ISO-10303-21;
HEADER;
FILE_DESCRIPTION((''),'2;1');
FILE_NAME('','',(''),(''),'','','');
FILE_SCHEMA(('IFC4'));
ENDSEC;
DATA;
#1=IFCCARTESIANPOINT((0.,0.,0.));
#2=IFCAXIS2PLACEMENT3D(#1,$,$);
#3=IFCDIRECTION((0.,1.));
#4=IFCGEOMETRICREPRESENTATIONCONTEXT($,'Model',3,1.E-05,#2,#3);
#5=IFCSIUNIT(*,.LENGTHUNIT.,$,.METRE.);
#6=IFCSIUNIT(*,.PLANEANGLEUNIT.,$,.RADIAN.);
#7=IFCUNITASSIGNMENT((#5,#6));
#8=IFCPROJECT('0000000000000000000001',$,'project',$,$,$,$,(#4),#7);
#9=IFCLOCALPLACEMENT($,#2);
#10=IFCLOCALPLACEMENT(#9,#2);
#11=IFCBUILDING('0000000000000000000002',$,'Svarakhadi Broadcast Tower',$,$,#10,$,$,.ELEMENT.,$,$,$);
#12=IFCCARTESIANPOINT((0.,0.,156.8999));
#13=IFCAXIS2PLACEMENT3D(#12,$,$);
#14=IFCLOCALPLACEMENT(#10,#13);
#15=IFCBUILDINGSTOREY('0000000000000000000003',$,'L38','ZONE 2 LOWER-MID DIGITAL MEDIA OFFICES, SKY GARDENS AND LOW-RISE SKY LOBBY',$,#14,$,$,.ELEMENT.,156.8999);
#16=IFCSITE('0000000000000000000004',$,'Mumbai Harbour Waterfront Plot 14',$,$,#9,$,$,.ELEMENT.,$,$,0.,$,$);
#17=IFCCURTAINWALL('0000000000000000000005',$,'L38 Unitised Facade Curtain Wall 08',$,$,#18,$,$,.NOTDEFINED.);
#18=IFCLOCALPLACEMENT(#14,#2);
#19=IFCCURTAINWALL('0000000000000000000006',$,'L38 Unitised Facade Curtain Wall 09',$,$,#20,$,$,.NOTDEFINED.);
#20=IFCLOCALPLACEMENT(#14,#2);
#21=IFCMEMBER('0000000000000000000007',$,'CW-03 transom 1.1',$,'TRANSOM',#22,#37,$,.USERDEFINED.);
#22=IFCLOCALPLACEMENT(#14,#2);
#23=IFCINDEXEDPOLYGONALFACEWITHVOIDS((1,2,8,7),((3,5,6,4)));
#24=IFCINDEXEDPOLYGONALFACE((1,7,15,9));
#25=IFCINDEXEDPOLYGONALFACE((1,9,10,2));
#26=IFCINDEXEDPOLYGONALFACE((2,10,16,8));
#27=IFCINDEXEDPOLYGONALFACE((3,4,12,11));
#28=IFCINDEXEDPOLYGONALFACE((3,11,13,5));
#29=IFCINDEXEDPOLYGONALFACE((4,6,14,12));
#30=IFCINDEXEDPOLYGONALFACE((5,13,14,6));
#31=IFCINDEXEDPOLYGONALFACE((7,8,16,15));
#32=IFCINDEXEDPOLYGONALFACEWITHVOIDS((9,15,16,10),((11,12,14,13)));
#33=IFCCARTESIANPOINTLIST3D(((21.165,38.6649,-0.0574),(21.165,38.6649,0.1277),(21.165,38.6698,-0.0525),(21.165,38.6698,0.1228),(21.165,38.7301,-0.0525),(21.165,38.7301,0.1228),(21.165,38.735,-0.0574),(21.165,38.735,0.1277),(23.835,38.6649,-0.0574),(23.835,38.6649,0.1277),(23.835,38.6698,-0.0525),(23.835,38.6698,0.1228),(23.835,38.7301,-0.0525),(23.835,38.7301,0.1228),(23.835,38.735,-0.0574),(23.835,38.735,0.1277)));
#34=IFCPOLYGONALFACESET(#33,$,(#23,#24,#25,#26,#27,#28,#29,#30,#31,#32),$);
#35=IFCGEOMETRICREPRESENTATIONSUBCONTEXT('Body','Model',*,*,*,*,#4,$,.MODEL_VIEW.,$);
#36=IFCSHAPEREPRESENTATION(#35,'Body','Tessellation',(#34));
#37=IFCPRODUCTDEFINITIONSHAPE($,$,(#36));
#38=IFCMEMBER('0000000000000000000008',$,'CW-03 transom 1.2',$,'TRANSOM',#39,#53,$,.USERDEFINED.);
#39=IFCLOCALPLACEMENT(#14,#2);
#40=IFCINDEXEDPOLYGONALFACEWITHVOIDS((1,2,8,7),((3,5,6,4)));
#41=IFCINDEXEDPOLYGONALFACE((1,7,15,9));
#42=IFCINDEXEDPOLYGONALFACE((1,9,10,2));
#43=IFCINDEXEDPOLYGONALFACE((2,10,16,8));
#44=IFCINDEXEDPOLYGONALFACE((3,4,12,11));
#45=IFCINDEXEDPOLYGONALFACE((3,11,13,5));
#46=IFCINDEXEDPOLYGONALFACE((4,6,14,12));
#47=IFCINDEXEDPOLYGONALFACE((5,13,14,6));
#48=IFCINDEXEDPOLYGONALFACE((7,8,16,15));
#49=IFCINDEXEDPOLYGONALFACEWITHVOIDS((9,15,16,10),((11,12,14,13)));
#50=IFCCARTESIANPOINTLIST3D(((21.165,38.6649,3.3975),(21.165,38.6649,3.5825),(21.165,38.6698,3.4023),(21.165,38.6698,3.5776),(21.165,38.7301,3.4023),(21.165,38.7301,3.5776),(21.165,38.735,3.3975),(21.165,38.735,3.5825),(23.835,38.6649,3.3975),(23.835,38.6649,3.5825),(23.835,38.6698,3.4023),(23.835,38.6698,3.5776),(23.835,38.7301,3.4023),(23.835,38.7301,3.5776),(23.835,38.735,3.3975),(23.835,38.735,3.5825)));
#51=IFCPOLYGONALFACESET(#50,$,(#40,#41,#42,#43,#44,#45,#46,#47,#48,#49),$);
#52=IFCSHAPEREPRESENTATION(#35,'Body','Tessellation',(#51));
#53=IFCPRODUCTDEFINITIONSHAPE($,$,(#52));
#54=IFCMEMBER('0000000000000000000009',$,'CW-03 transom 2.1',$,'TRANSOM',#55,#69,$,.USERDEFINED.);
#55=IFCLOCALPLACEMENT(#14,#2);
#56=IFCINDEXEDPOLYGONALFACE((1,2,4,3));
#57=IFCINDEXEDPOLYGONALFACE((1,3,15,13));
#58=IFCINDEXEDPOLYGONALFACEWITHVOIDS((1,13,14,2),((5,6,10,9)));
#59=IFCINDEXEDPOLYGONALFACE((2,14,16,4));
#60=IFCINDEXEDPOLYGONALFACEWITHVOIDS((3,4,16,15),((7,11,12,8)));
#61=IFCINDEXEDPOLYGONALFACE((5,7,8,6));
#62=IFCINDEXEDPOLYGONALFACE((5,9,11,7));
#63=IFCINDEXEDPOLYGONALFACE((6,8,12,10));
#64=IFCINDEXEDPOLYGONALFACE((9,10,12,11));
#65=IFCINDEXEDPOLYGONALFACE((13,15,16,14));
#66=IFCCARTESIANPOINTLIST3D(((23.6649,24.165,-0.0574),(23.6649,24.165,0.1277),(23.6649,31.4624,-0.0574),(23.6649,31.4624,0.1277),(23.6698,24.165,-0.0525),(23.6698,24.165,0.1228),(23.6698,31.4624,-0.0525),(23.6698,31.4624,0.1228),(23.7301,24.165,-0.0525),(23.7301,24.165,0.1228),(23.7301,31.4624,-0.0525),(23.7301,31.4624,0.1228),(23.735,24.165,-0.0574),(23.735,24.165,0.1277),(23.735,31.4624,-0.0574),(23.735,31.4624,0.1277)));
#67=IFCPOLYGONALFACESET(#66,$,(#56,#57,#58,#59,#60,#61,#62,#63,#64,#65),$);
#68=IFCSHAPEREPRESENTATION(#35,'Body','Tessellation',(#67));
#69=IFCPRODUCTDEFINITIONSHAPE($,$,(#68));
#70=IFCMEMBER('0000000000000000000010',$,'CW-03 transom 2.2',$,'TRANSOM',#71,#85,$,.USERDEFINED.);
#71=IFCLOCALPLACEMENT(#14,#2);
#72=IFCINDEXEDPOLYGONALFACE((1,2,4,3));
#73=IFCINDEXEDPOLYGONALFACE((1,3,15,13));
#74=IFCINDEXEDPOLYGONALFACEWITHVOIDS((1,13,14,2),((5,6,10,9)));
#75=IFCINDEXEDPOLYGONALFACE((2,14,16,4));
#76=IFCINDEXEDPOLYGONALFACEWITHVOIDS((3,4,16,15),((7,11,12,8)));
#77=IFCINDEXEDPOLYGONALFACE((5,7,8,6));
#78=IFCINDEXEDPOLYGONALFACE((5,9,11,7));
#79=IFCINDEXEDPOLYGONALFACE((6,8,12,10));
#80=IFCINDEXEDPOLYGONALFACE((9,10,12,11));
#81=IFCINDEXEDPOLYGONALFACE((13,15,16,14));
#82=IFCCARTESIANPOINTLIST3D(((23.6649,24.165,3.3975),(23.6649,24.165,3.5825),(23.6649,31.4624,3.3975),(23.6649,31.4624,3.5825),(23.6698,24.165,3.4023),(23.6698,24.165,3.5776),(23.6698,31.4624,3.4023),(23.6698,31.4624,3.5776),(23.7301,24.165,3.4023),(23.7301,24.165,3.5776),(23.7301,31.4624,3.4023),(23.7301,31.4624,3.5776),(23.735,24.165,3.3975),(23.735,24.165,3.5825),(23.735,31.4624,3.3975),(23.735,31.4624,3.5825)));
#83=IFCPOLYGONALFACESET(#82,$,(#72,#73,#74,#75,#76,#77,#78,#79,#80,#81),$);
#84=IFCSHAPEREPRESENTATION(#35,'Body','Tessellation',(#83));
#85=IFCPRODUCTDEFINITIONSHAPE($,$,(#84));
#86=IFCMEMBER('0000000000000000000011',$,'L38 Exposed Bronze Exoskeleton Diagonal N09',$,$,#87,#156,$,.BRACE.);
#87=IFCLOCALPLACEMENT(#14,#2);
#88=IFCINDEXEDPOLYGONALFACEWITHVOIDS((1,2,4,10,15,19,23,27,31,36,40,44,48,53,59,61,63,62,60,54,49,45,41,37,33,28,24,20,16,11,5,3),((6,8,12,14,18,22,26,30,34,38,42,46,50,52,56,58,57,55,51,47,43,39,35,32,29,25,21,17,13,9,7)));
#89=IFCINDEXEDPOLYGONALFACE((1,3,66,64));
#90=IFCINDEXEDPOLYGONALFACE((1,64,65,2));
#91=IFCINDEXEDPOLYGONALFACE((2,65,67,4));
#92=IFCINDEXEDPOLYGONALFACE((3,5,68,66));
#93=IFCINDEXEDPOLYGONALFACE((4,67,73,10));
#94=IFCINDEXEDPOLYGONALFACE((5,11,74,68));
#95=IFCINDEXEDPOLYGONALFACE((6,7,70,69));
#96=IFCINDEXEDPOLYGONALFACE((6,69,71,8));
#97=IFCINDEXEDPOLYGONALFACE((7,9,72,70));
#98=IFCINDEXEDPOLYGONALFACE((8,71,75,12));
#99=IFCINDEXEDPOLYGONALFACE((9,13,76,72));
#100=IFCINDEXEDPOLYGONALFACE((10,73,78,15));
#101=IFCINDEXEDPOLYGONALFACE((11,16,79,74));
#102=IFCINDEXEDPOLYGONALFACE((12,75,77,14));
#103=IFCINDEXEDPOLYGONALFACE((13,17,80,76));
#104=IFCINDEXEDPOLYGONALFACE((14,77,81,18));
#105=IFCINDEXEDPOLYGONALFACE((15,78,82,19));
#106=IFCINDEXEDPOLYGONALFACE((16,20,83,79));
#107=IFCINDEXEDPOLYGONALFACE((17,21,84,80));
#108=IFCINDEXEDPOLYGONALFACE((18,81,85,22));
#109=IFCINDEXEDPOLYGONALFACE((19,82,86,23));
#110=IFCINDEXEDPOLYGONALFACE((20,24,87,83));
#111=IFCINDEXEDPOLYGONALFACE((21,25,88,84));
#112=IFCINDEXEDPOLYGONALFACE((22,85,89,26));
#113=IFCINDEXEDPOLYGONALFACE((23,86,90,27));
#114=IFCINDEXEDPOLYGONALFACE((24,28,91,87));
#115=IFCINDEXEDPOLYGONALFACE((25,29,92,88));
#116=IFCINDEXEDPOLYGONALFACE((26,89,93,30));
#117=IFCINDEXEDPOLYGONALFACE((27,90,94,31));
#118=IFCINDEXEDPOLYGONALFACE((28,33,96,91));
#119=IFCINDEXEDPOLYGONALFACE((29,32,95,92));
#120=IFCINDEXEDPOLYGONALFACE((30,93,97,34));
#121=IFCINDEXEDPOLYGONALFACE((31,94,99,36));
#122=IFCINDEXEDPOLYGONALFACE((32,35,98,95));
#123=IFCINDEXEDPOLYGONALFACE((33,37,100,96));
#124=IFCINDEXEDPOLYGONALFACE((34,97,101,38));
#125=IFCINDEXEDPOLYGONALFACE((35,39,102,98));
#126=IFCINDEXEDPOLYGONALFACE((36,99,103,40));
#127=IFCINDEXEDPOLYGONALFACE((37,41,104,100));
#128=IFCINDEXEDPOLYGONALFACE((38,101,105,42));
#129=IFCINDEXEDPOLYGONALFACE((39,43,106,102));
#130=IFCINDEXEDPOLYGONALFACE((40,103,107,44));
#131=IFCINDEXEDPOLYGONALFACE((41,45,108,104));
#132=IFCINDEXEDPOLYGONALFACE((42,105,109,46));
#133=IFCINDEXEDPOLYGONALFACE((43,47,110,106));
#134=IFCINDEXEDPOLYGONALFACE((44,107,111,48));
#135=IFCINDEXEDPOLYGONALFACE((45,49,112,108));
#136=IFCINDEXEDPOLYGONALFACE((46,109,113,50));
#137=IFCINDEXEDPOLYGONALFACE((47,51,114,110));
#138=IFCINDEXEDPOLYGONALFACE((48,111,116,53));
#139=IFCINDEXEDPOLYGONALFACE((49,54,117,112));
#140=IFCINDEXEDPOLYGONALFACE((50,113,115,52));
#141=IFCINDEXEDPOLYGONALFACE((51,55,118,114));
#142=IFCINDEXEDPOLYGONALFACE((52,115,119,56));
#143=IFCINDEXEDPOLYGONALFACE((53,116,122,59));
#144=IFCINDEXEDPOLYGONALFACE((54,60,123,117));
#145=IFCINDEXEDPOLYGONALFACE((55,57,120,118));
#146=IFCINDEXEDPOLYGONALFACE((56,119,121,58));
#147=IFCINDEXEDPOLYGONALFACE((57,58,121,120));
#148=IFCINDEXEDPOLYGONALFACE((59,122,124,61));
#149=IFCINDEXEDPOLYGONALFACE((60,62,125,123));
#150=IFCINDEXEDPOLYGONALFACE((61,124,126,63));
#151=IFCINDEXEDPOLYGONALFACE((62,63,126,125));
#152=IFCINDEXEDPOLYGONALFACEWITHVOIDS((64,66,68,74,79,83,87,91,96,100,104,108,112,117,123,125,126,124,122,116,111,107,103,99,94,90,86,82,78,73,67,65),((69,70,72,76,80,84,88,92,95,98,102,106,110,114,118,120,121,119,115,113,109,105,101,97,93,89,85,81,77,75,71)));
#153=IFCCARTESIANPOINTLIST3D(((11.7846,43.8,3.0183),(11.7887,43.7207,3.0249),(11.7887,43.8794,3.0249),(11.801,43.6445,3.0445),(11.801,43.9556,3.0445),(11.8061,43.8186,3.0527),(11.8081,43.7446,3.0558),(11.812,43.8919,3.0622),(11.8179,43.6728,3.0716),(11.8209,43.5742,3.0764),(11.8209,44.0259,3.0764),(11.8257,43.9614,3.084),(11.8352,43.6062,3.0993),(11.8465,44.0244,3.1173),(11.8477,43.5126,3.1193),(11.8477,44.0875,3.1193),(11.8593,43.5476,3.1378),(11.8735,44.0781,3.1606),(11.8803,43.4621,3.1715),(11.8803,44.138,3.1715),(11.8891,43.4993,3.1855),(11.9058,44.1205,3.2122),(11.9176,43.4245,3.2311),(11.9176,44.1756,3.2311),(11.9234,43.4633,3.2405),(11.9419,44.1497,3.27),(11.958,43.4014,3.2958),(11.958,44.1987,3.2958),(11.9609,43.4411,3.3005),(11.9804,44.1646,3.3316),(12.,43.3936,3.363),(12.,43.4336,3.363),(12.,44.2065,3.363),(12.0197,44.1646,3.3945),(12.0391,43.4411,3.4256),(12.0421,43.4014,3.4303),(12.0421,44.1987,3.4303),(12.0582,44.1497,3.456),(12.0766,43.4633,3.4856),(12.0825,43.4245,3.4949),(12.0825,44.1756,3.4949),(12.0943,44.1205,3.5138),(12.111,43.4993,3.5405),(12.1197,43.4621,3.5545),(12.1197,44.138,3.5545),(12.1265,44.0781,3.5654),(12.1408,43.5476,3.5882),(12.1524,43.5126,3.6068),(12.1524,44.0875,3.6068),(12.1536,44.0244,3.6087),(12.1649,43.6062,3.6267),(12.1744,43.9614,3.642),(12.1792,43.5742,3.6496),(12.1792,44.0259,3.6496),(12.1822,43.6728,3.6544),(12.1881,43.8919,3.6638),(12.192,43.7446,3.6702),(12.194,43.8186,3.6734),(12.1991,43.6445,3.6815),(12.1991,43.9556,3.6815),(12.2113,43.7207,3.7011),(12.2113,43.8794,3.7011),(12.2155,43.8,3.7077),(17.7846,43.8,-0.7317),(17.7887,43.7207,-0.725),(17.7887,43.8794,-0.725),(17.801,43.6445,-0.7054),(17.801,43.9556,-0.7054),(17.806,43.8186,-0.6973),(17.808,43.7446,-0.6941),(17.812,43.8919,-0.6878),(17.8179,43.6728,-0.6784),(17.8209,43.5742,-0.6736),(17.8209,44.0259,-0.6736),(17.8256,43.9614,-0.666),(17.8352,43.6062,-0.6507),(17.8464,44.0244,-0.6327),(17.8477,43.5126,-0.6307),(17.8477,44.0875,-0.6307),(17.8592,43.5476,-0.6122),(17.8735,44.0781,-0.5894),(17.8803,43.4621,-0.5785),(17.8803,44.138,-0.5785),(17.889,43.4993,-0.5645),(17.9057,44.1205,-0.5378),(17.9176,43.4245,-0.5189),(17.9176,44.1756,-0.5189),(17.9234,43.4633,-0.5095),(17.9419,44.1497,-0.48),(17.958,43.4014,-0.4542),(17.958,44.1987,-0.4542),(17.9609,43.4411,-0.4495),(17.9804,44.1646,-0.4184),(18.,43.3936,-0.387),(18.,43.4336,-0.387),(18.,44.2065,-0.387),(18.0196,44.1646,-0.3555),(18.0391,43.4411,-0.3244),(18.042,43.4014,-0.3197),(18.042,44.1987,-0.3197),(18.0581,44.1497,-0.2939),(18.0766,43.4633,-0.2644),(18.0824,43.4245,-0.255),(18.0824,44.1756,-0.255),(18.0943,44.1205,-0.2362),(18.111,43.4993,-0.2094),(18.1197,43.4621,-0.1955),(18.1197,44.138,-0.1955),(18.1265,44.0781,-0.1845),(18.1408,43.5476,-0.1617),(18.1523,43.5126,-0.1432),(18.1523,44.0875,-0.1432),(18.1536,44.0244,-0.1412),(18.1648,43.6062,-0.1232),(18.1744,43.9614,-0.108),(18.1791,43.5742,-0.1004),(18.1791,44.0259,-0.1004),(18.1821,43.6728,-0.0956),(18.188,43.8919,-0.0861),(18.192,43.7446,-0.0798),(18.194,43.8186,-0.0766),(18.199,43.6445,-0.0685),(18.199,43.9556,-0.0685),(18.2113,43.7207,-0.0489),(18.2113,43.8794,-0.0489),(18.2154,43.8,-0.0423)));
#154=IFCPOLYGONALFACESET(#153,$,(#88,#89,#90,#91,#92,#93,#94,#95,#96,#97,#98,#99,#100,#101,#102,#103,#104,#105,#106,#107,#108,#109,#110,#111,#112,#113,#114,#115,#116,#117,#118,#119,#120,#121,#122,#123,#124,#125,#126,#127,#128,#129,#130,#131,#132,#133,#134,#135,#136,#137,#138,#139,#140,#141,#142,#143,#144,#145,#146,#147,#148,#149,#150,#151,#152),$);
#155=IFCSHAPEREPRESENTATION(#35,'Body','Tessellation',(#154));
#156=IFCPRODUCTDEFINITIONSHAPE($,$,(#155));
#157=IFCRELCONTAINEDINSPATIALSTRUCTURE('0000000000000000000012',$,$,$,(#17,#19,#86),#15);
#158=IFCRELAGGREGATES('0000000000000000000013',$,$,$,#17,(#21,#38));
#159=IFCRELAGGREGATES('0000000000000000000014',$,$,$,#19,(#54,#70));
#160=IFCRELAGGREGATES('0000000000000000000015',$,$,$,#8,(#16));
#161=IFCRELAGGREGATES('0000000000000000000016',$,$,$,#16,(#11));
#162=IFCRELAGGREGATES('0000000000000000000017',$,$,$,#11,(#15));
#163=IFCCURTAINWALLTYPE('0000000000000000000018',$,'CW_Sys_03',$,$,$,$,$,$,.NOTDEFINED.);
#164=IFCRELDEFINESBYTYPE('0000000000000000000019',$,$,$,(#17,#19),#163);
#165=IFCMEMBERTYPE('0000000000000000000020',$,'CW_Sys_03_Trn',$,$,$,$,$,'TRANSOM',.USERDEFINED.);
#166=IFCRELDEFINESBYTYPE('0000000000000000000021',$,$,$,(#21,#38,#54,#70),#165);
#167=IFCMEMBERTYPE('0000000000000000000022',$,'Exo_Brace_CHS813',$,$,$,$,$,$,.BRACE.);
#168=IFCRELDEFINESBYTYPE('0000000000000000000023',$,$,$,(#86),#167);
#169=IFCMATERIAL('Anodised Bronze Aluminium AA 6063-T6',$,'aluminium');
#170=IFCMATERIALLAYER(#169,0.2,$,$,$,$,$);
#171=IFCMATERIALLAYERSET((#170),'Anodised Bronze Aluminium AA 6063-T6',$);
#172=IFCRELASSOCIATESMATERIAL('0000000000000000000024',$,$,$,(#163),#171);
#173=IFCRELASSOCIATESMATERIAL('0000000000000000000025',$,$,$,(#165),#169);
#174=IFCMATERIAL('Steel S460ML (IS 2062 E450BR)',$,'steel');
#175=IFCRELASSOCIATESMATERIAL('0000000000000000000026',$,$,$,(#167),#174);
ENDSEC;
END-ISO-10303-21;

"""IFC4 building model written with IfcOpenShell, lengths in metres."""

from ifc_helpers import new_model, si_unit, direction, frame, origin, origin_2d, place, context, subcontext, project, spatial, hollow_rectangle, hollow_circle, extrude, material, layer, layer_set, material_profile, profile_set, type_object, element, aggregate, save


model = new_model("IFC4")

# Units and contexts
model_context = context("Model", 3, precision=1e-05, world=origin(), true_north=direction((0.0, 1.0)))
body_context = subcontext(model_context, "Body", "Model", "MODEL_VIEW")
ifc_project = project(units=[si_unit("LENGTHUNIT", "METRE"), si_unit("PLANEANGLEUNIT", "RADIAN")], contexts=[model_context])

# Site, building, storey
site_placement = place(None, origin())
site = spatial("IfcSite", under=ifc_project, at=site_placement, Name="Mumbai Harbour Waterfront Plot 14", CompositionType="ELEMENT", RefElevation=0.0)
building_placement = place(site_placement, origin())
building = spatial("IfcBuilding", under=site, at=building_placement, Name="Svarakhadi Broadcast Tower", CompositionType="ELEMENT")
storey_placement = place(building_placement, frame((0.0, 0.0, 156.8999)))
storey = spatial("IfcBuildingStorey", under=building, at=storey_placement, Name="L38", Description="ZONE 2 LOWER-MID DIGITAL MEDIA OFFICES, SKY GARDENS AND LOW-RISE SKY LOBBY", CompositionType="ELEMENT", Elevation=156.8999)

# Shared definitions
ifc_material_1 = material(Name="Anodised Bronze Aluminium AA 6063-T6", Category="aluminium")
ifc_layer_1 = layer(ifc_material_1, 0.2)
ifc_layer_set_1 = layer_set([ifc_layer_1], Name="Anodised Bronze Aluminium AA 6063-T6")
curtain_wall_type = type_object("IfcCurtainWallType", Name="CW_Sys_03", PredefinedType="NOTDEFINED", material=ifc_layer_set_1)

# Curtain wall
curtain_wall_1_placement = place(storey_placement, origin())
curtain_wall_1 = element("IfcCurtainWall", 1, at=curtain_wall_1_placement, inside=storey, type_object=curtain_wall_type, Name="L38 Unitised Facade Curtain Wall 08", PredefinedType="NOTDEFINED")

# Curtain wall
curtain_wall_2_placement = place(storey_placement, origin())
curtain_wall_2 = element("IfcCurtainWall", 2, at=curtain_wall_2_placement, inside=storey, type_object=curtain_wall_type, Name="L38 Unitised Facade Curtain Wall 09", PredefinedType="NOTDEFINED")

# Members
ifc_material_profile_1 = material_profile(ifc_material_1, hollow_rectangle(XDim=0.0701, YDim=0.1851, WallThickness=0.0049, at=origin_2d()), Name="ALU TRANSOM 185x70x5")
ifc_profile_set_1 = profile_set([ifc_material_profile_1], Name="Anodised Bronze Aluminium AA 6063-T6")
member_type_1 = type_object("IfcMemberType", Name="CW_Sys_03_Trn", ElementType="TRANSOM", PredefinedType="USERDEFINED", material=ifc_profile_set_1)
member_1_placement = place(storey_placement, frame((21.165, 38.7, 0.0352), z_axis=(1.0, 0.0, 0.0), x_axis=(0.0, 1.0, 0.0)))
member_1 = element("IfcMember", 3, at=member_1_placement, type_object=member_type_1, Name="CW-03 transom 1.1", ObjectType="TRANSOM", PredefinedType="USERDEFINED", context=body_context, shape_type="SweptSolid", body=[
    extrude(hollow_rectangle(XDim=0.0701, YDim=0.1851, WallThickness=0.0049, at=origin_2d()), origin(), (0.0, 0.0, 1.0), 2.6699),
])
member_2_placement = place(storey_placement, frame((21.165, 38.7, 3.49), z_axis=(1.0, 0.0, 0.0), x_axis=(0.0, 1.0, 0.0)))
member_2 = element("IfcMember", 4, at=member_2_placement, type_object=member_type_1, Name="CW-03 transom 1.2", ObjectType="TRANSOM", PredefinedType="USERDEFINED", context=body_context, shape_type="SweptSolid", body=[
    extrude(hollow_rectangle(XDim=0.0701, YDim=0.1851, WallThickness=0.0049, at=origin_2d()), origin(), (0.0, 0.0, 1.0), 2.6699),
])
member_3_placement = place(storey_placement, frame((23.7, 31.4624, 0.0352), z_axis=(0.0, -1.0, 0.0), x_axis=(1.0, 0.0, 0.0)))
member_3 = element("IfcMember", 5, at=member_3_placement, type_object=member_type_1, Name="CW-03 transom 2.1", ObjectType="TRANSOM", PredefinedType="USERDEFINED", context=body_context, shape_type="SweptSolid", body=[
    extrude(hollow_rectangle(XDim=0.0701, YDim=0.1851, WallThickness=0.0049, at=origin_2d()), origin(), (0.0, 0.0, 1.0), 7.2974),
])
member_4_placement = place(storey_placement, frame((23.7, 31.4624, 3.49), z_axis=(0.0, -1.0, 0.0), x_axis=(1.0, 0.0, 0.0)))
member_4 = element("IfcMember", 6, at=member_4_placement, type_object=member_type_1, Name="CW-03 transom 2.2", ObjectType="TRANSOM", PredefinedType="USERDEFINED", context=body_context, shape_type="SweptSolid", body=[
    extrude(hollow_rectangle(XDim=0.0701, YDim=0.1851, WallThickness=0.0049, at=origin_2d()), origin(), (0.0, 0.0, 1.0), 7.2974),
])

# Member
ifc_material_2 = material(Name="Steel S460ML (IS 2062 E450BR)", Category="steel")
ifc_material_profile_2 = material_profile(ifc_material_2, hollow_circle(Radius=0.4065, WallThickness=0.04, at=origin_2d()), Name="CHS 813x40")
ifc_profile_set_2 = profile_set([ifc_material_profile_2], Name="Steel S460ML (IS 2062 E450BR)")
member_type_2 = type_object("IfcMemberType", Name="Exo_Brace_CHS813", PredefinedType="BRACE", material=ifc_profile_set_2)
member_5_placement = place(storey_placement, frame((18.0, 43.8, -0.387), z_axis=(-0.847998, 0.0, 0.529999), x_axis=(0.0, -1.0, 0.0)))
element("IfcMember", 7, at=member_5_placement, inside=storey, type_object=member_type_2, Name="L38 Exposed Bronze Exoskeleton Diagonal N09", PredefinedType="BRACE", context=body_context, shape_type="SweptSolid", body=[
    extrude(hollow_circle(Radius=0.4065, WallThickness=0.04, at=origin_2d()), origin(), (0.0, 0.0, 1.0), 7.0754),
])

aggregate(curtain_wall_1, [member_1, member_2])
aggregate(curtain_wall_2, [member_3, member_4])

save(model, "model.ifc")
